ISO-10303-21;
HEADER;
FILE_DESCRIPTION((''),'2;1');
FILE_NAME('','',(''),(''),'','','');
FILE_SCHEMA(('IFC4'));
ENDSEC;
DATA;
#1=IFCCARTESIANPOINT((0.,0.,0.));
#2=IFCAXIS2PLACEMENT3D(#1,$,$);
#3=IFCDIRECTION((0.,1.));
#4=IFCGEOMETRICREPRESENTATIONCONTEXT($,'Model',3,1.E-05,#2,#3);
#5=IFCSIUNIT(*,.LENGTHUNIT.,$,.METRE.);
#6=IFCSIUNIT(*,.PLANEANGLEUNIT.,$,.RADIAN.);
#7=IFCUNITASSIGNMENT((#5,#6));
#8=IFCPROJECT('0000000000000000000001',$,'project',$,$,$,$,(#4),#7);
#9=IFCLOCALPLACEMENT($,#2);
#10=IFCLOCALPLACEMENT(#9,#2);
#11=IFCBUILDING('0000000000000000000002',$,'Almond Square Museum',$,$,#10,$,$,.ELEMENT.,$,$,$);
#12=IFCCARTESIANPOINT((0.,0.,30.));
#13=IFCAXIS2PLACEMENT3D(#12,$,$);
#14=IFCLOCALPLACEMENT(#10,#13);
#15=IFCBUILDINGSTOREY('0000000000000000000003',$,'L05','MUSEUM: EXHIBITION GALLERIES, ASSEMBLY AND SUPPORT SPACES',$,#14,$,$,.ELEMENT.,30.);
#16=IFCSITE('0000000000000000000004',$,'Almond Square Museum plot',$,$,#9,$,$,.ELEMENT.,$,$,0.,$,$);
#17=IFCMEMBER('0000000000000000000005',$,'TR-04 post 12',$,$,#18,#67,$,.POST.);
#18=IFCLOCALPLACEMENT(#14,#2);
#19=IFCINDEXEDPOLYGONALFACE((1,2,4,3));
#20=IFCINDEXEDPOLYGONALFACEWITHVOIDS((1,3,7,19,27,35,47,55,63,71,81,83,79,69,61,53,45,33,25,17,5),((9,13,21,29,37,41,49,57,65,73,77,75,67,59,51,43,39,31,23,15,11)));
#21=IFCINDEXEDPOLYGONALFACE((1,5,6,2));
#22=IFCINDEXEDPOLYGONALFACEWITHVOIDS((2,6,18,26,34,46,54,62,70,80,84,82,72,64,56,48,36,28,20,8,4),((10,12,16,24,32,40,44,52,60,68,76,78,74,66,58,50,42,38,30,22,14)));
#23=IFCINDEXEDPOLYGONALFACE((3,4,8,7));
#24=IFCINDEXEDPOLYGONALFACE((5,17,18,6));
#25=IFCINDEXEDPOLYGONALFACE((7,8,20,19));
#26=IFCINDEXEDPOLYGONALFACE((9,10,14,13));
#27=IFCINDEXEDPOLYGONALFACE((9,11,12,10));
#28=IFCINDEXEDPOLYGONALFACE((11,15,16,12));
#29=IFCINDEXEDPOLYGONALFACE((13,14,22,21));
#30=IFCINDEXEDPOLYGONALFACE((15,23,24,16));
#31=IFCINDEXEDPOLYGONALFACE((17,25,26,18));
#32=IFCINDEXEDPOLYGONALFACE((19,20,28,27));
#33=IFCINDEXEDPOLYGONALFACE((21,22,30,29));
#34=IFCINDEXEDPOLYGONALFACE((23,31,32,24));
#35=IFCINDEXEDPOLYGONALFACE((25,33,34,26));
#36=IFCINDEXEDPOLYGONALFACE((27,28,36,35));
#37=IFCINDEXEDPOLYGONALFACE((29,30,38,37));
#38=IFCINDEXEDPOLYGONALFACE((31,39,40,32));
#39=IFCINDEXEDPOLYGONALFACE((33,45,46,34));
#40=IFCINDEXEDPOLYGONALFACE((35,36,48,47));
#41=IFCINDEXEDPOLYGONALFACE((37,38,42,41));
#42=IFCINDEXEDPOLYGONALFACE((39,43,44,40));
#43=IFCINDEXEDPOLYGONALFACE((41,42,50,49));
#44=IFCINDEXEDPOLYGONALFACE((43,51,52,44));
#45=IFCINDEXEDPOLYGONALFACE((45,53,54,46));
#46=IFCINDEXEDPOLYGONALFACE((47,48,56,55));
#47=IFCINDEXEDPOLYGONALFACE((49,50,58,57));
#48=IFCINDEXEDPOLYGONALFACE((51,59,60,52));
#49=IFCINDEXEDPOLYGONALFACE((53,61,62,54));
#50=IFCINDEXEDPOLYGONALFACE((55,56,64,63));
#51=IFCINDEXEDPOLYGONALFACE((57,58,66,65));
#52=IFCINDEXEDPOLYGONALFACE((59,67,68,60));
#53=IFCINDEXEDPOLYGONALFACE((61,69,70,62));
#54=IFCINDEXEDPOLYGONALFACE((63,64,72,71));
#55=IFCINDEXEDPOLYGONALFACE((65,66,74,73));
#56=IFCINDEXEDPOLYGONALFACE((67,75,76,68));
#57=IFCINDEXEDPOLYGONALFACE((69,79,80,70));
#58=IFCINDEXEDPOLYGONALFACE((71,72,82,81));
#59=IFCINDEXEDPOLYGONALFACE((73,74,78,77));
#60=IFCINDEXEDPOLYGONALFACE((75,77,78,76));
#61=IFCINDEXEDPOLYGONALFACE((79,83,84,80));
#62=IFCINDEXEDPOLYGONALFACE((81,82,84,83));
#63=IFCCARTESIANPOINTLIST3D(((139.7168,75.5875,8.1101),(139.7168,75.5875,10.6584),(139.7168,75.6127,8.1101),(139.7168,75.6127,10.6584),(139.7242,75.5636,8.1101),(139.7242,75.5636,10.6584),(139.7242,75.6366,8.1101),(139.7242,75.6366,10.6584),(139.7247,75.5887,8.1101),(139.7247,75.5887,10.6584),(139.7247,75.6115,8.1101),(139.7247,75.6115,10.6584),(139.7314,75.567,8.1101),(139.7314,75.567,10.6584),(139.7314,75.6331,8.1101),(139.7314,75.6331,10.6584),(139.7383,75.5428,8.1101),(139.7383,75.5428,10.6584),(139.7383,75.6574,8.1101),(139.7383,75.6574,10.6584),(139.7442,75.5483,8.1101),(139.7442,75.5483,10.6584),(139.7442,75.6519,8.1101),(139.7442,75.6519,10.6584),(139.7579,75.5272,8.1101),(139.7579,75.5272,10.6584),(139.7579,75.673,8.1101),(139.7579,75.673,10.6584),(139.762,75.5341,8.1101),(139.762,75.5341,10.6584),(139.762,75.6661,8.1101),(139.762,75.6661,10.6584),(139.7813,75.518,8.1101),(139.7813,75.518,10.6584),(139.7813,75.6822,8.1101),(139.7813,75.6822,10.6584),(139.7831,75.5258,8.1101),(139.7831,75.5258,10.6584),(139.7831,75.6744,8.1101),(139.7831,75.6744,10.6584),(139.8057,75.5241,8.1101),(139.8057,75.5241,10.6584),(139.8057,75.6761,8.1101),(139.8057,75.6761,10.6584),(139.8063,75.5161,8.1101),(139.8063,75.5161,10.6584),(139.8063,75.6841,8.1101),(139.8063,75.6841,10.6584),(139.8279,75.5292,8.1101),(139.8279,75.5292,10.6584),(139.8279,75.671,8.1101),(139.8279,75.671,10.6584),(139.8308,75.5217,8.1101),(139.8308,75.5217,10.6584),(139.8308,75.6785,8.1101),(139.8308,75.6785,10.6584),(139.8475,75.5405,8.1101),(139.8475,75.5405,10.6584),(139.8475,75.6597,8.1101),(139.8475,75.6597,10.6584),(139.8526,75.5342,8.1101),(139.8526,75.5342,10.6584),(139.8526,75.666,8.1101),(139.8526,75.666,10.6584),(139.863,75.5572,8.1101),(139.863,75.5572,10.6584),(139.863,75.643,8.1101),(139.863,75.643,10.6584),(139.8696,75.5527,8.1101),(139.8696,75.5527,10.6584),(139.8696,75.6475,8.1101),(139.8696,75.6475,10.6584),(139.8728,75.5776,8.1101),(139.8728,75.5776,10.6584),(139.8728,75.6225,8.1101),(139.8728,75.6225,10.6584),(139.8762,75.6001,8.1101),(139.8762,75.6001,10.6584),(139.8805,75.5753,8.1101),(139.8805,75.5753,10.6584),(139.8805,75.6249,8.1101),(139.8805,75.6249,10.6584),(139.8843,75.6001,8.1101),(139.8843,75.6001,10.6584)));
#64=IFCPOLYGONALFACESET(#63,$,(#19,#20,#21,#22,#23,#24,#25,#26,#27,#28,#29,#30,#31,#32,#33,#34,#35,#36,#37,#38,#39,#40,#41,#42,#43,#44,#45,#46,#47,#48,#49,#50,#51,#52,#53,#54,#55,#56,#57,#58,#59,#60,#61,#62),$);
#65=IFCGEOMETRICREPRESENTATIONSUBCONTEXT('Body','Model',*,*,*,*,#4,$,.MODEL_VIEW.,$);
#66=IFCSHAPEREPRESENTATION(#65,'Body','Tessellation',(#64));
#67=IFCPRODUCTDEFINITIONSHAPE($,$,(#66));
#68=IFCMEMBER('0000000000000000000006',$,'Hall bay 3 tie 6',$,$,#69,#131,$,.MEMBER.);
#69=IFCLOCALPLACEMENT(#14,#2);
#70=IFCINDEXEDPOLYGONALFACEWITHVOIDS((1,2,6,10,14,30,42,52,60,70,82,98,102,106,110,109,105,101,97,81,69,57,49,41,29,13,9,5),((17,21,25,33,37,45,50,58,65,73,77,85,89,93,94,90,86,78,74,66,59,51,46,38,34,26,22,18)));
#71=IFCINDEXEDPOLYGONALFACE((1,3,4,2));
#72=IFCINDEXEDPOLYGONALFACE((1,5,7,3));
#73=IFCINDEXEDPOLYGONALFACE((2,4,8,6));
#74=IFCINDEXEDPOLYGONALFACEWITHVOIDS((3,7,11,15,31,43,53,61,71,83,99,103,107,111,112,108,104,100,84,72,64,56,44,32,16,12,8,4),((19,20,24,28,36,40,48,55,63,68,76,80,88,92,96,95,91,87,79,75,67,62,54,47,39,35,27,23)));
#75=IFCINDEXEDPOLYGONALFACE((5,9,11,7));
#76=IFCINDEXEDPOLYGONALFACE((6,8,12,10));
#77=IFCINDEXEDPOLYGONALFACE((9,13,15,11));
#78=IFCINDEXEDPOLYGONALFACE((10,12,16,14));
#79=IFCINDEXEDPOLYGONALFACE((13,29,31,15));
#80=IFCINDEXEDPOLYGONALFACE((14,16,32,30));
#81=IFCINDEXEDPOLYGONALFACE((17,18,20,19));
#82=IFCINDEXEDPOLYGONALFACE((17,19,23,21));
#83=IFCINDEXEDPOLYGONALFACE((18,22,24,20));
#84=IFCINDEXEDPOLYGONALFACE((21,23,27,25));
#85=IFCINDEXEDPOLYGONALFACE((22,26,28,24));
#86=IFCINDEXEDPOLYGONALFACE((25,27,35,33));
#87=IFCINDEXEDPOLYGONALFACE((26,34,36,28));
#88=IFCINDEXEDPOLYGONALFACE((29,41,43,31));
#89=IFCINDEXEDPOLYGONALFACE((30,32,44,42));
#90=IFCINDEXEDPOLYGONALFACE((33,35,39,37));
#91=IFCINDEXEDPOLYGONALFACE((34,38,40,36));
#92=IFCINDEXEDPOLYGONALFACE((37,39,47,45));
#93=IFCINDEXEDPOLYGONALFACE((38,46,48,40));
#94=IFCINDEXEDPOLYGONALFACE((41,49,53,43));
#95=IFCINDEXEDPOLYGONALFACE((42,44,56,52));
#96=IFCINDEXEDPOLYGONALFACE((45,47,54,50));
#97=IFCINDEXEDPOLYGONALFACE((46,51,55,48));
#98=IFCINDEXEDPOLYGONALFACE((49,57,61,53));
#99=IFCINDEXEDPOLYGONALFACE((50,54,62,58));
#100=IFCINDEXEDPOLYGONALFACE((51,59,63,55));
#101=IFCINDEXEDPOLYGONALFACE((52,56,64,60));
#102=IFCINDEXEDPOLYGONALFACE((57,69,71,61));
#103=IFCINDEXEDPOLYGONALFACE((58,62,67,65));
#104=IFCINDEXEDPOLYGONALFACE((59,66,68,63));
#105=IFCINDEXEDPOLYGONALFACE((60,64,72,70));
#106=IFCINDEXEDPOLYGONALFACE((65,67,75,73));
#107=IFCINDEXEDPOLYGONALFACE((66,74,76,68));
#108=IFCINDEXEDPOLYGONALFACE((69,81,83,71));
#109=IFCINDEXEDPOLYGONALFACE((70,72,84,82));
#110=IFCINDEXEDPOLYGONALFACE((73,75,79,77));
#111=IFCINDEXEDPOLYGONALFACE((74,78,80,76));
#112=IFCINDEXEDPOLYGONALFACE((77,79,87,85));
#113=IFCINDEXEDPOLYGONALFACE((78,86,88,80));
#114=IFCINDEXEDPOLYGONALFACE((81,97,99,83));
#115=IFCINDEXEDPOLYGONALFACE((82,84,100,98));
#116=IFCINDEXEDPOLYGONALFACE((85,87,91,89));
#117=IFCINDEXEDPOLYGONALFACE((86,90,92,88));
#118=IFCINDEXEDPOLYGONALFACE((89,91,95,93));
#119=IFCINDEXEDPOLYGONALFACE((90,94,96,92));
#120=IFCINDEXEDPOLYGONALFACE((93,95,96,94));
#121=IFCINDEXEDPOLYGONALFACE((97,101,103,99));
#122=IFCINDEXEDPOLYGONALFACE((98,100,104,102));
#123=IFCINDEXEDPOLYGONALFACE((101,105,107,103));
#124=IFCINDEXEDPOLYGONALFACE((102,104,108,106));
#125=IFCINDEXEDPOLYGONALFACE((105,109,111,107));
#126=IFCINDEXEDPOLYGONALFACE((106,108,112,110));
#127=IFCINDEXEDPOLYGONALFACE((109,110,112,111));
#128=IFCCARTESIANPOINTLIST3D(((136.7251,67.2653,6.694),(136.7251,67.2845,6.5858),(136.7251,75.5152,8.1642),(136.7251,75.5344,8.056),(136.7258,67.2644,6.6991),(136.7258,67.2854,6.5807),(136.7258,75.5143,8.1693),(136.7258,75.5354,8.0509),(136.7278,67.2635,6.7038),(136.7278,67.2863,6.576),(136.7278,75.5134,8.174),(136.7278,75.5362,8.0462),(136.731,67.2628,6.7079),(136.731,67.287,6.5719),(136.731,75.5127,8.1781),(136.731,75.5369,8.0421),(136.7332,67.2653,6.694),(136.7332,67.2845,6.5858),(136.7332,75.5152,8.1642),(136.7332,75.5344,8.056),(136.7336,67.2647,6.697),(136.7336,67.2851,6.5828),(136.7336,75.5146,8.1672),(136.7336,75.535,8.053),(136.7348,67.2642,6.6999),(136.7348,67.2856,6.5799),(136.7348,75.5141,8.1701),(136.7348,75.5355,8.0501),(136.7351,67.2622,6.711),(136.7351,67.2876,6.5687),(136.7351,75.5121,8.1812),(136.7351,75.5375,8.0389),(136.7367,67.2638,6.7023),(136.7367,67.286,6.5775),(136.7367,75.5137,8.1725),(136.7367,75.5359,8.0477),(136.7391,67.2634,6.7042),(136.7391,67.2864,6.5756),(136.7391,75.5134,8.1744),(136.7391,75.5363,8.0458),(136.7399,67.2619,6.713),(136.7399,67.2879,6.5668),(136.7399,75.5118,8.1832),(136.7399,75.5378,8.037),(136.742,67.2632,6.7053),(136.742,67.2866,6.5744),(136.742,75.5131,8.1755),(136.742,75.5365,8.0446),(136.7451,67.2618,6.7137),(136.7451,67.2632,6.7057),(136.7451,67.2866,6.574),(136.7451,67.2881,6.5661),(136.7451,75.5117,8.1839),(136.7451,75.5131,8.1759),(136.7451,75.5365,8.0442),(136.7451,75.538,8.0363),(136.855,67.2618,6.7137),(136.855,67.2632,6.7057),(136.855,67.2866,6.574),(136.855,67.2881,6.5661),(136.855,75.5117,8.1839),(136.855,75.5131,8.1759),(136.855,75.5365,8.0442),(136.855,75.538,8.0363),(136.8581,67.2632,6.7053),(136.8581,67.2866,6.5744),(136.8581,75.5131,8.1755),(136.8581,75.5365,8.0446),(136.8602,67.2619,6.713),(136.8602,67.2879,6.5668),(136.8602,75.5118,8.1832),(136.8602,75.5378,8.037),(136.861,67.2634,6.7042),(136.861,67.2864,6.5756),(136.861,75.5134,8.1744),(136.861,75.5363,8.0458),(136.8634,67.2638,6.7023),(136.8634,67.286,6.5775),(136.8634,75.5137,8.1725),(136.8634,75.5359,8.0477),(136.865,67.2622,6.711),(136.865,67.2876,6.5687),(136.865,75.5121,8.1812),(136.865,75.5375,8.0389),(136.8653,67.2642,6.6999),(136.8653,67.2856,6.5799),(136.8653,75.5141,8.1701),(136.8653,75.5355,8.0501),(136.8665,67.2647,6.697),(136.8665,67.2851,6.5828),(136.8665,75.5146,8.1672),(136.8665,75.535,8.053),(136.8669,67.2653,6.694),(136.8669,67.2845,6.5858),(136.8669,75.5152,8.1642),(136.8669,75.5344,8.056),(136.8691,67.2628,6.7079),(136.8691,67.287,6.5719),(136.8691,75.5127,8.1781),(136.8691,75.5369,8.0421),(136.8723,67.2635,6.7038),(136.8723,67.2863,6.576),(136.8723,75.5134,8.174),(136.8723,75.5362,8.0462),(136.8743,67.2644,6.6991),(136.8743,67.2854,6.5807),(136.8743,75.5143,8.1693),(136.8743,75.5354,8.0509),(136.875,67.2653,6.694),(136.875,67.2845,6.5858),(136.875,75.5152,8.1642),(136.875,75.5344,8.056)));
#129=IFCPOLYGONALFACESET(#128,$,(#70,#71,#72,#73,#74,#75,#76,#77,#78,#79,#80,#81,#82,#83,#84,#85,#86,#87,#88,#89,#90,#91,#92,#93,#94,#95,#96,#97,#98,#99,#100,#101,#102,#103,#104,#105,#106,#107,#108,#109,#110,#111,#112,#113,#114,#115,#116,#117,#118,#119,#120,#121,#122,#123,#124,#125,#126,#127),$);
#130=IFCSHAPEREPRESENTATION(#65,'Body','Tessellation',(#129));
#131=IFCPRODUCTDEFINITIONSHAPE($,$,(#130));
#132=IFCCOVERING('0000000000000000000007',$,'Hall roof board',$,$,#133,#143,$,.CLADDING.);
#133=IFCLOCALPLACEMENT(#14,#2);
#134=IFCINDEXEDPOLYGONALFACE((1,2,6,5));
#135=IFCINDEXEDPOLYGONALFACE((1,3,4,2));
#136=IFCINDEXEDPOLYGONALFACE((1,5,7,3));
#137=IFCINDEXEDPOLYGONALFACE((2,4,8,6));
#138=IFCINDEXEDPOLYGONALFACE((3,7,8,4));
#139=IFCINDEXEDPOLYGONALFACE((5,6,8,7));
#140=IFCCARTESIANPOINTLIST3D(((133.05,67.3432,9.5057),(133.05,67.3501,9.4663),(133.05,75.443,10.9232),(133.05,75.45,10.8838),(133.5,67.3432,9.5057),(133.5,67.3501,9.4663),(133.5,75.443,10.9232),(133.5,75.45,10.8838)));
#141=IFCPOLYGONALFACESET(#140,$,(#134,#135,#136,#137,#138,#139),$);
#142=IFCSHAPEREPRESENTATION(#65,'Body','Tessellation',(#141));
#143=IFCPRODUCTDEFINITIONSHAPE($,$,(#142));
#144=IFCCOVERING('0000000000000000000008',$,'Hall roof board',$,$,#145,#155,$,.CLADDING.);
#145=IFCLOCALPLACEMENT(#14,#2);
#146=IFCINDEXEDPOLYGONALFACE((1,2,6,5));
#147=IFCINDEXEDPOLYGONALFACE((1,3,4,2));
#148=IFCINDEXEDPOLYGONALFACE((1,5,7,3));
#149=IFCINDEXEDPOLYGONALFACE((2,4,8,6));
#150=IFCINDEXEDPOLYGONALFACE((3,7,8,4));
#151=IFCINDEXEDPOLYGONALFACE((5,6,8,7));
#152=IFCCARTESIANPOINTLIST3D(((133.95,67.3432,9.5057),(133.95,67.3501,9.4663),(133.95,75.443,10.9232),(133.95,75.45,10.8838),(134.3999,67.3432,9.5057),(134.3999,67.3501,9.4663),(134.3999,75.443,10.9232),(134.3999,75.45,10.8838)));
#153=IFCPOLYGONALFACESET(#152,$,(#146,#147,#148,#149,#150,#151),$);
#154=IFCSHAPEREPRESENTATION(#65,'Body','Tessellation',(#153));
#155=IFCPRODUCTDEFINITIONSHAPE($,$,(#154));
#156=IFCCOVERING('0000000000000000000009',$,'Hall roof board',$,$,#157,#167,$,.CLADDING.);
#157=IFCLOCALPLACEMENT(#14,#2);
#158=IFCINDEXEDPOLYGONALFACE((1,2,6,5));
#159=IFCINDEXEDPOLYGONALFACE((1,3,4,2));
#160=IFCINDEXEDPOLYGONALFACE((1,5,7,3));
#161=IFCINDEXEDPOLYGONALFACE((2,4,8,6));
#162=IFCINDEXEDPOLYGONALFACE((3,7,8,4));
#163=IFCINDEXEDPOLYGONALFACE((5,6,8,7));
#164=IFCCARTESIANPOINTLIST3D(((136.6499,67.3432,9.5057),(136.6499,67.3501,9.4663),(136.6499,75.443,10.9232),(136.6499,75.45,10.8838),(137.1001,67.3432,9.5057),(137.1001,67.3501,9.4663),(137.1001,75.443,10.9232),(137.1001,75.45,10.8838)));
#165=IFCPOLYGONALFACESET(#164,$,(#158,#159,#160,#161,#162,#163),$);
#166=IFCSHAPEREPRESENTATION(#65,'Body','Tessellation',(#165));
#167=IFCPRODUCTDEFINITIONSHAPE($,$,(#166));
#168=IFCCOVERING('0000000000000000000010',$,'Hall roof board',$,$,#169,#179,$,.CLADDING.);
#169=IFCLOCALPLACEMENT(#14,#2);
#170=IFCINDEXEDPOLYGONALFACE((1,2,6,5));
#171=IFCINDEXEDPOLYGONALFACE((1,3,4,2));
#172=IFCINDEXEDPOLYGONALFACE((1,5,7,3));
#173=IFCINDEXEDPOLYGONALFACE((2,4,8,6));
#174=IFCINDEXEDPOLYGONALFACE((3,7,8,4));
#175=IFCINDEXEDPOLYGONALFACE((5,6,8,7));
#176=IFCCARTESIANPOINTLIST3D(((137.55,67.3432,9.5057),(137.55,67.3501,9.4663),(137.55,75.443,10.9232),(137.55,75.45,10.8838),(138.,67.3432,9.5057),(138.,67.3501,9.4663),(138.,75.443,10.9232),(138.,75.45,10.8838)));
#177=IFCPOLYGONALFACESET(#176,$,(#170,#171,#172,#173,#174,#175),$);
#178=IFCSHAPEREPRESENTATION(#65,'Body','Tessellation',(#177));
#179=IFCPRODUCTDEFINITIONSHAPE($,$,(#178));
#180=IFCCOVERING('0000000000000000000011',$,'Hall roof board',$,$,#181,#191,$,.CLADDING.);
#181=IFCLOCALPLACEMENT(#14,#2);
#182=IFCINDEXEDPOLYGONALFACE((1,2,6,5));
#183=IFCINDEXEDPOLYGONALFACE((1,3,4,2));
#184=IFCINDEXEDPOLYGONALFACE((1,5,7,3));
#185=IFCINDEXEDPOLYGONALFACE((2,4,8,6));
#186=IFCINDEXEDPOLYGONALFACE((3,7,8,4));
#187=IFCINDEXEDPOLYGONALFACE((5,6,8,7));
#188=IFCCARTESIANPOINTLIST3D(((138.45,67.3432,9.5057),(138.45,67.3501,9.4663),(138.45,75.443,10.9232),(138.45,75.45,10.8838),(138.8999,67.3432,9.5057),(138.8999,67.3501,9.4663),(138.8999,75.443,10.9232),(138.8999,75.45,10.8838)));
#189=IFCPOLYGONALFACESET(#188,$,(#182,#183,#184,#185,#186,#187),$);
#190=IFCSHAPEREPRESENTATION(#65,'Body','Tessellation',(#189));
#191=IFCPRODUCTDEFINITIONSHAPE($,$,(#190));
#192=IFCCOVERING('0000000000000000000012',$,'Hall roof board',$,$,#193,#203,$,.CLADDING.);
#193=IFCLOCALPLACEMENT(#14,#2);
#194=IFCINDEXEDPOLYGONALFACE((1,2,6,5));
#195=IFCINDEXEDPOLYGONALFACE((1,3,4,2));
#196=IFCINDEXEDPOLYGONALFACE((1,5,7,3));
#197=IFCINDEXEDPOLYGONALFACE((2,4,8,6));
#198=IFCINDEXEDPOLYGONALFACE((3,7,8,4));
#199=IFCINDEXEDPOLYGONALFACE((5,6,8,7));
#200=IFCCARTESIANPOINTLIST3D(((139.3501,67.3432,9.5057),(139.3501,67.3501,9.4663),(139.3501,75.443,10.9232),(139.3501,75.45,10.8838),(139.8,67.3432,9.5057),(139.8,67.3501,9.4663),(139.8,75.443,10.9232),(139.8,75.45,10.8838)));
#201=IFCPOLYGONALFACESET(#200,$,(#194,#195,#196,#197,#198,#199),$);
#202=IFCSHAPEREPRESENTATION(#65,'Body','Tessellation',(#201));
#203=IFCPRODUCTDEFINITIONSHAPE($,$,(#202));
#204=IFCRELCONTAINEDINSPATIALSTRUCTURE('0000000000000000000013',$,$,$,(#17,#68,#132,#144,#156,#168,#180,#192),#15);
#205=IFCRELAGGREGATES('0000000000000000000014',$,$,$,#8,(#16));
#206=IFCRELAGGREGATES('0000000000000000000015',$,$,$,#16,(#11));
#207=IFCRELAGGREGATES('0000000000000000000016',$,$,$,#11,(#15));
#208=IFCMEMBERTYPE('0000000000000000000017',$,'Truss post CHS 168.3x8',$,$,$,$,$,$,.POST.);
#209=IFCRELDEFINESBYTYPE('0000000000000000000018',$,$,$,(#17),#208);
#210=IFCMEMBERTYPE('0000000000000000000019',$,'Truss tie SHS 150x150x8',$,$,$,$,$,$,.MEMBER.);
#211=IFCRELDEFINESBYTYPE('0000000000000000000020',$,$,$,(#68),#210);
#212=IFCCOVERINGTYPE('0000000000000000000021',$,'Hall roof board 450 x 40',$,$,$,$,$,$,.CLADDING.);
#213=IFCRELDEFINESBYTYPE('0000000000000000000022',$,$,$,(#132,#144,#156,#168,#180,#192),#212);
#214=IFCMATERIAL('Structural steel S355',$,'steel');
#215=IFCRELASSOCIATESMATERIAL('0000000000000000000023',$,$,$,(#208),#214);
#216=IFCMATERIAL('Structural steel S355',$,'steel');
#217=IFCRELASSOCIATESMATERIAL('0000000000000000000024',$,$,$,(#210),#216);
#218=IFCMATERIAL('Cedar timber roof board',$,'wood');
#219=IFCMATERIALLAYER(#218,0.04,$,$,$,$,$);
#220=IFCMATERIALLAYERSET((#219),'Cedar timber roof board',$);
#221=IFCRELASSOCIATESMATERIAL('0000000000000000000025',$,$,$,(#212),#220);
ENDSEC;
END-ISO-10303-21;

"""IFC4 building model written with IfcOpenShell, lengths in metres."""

from ifc_helpers import new_model, si_unit, direction, frame, origin, origin_2d, place, context, subcontext, project, spatial, polyline, hollow_rectangle, hollow_circle, outline, extrude, material, layer, layer_set, material_profile, profile_set, type_object, element, save


model = new_model("IFC4")

# Units and contexts
model_context = context("Model", 3, precision=1e-05, world=origin(), true_north=direction((0.0, 1.0)))
body_context = subcontext(model_context, "Body", "Model", "MODEL_VIEW")
ifc_project = project(units=[si_unit("LENGTHUNIT", "METRE"), si_unit("PLANEANGLEUNIT", "RADIAN")], contexts=[model_context])

# Site, building, storey
site_placement = place(None, origin())
site = spatial("IfcSite", under=ifc_project, at=site_placement, Name="Almond Square Museum plot", CompositionType="ELEMENT", RefElevation=0.0)
building_placement = place(site_placement, origin())
building = spatial("IfcBuilding", under=site, at=building_placement, Name="Almond Square Museum", CompositionType="ELEMENT")
storey_placement = place(building_placement, frame((0.0, 0.0, 30.0)))
storey = spatial("IfcBuildingStorey", under=building, at=storey_placement, Name="L05", Description="MUSEUM: EXHIBITION GALLERIES, ASSEMBLY AND SUPPORT SPACES", CompositionType="ELEMENT", Elevation=30.0)

# Members
ifc_material_1 = material(Name="Structural steel S355", Category="steel")
ifc_material_profile_1 = material_profile(ifc_material_1, hollow_circle(Radius=0.0842, WallThickness=0.0081, at=origin_2d()))
ifc_profile_set_1 = profile_set([ifc_material_profile_1], Name="Structural steel S355")
member_type_1 = type_object("IfcMemberType", Name="Truss post CHS 168.3x8", PredefinedType="POST", material=ifc_profile_set_1)
for number, where, z_axis, x_axis, name in (
    (1, (139.8, 75.6001, 8.1101), (0.0, 0.0, 1.0), (1.0, 0.0, 0.0), "TR-04 post 12"),
):
    element("IfcMember", number, at=place(storey_placement, frame(where, z_axis=z_axis, x_axis=x_axis)), inside=storey, type_object=member_type_1, Name=name, PredefinedType="POST", context=body_context, shape_type="SweptSolid", body=[
        extrude(hollow_circle(Radius=0.0842, WallThickness=0.0081, at=origin_2d()), origin(), (0.0, 0.0, 1.0), 2.5483),
    ])
ifc_material_2 = material(Name="Structural steel S355", Category="steel")
ifc_material_profile_2 = material_profile(ifc_material_2, hollow_rectangle(XDim=0.1499, YDim=0.1499, WallThickness=0.0081, InnerFilletRadius=0.012, OuterFilletRadius=0.02, at=origin_2d()))
ifc_profile_set_2 = profile_set([ifc_material_profile_2], Name="Structural steel S355")
member_type_2 = type_object("IfcMemberType", Name="Truss tie SHS 150x150x8", PredefinedType="MEMBER", material=ifc_profile_set_2)
member_1_placement = place(storey_placement, frame((136.8, 67.2749, 6.6399), z_axis=(0.0, 0.984489, 0.175444), x_axis=(-1.0, 0.0, 0.0)))
element("IfcMember", 2, at=member_1_placement, inside=storey, type_object=member_type_2, Name="Hall bay 3 tie 6", PredefinedType="MEMBER", context=body_context, shape_type="SweptSolid", body=[
    extrude(hollow_rectangle(XDim=0.1499, YDim=0.1499, WallThickness=0.0081, InnerFilletRadius=0.012, OuterFilletRadius=0.02, at=origin_2d()), origin(), (0.0, 0.0, 1.0), 8.3799),
])

# Coverings
ifc_material_3 = material(Name="Cedar timber roof board", Category="wood")
ifc_layer = layer(ifc_material_3, 0.04)
ifc_layer_set = layer_set([ifc_layer], Name="Cedar timber roof board")
covering_type = type_object("IfcCoveringType", Name="Hall roof board 450 x 40", PredefinedType="CLADDING", material=ifc_layer_set)
for number, where, z_axis, x_axis, name in (
    (3, (133.5, 75.45, 10.8838), (0.0, -0.172381, 0.98503), (-1.0, 0.0, 0.0), "Hall roof board"),
    (4, (134.3999, 75.45, 10.8838), (0.0, -0.172381, 0.98503), (-1.0, 0.0, 0.0), "Hall roof board"),
):
    element("IfcCovering", number, at=place(storey_placement, frame(where, z_axis=z_axis, x_axis=x_axis)), inside=storey, type_object=covering_type, Name=name, PredefinedType="CLADDING", context=body_context, shape_type="SweptSolid", body=[
        extrude(outline(polyline([(0.0, 0.0), (0.45, 0.0), (0.45, 8.2229), (0.0, 8.2229), (0.0, 0.0)])), origin(), (0.0, 0.0, 1.0), 0.04),
    ])
covering_placement = place(storey_placement, frame((137.1001, 75.45, 10.8838), z_axis=(0.0, -0.172381, 0.98503), x_axis=(-1.0, 0.0, 0.0)))
element("IfcCovering", 5, at=covering_placement, inside=storey, type_object=covering_type, Name="Hall roof board", PredefinedType="CLADDING", context=body_context, shape_type="SweptSolid", body=[
    extrude(outline(polyline([(0.0, 0.0), (0.4502, 0.0), (0.4502, 8.2229), (0.0, 8.2229), (0.0, 0.0)])), origin(), (0.0, 0.0, 1.0), 0.04),
])
for number, where, z_axis, x_axis, name in (
    (6, (138.0, 75.45, 10.8838), (0.0, -0.172381, 0.98503), (-1.0, 0.0, 0.0), "Hall roof board"),
    (7, (138.8999, 75.45, 10.8838), (0.0, -0.172381, 0.98503), (-1.0, 0.0, 0.0), "Hall roof board"),
    (8, (139.8, 75.45, 10.8838), (0.0, -0.172381, 0.98503), (-1.0, 0.0, 0.0), "Hall roof board"),
):
    element("IfcCovering", number, at=place(storey_placement, frame(where, z_axis=z_axis, x_axis=x_axis)), inside=storey, type_object=covering_type, Name=name, PredefinedType="CLADDING", context=body_context, shape_type="SweptSolid", body=[
        extrude(outline(polyline([(0.0, 0.0), (0.45, 0.0), (0.45, 8.2229), (0.0, 8.2229), (0.0, 0.0)])), origin(), (0.0, 0.0, 1.0), 0.04),
    ])

save(model, "model.ifc")
